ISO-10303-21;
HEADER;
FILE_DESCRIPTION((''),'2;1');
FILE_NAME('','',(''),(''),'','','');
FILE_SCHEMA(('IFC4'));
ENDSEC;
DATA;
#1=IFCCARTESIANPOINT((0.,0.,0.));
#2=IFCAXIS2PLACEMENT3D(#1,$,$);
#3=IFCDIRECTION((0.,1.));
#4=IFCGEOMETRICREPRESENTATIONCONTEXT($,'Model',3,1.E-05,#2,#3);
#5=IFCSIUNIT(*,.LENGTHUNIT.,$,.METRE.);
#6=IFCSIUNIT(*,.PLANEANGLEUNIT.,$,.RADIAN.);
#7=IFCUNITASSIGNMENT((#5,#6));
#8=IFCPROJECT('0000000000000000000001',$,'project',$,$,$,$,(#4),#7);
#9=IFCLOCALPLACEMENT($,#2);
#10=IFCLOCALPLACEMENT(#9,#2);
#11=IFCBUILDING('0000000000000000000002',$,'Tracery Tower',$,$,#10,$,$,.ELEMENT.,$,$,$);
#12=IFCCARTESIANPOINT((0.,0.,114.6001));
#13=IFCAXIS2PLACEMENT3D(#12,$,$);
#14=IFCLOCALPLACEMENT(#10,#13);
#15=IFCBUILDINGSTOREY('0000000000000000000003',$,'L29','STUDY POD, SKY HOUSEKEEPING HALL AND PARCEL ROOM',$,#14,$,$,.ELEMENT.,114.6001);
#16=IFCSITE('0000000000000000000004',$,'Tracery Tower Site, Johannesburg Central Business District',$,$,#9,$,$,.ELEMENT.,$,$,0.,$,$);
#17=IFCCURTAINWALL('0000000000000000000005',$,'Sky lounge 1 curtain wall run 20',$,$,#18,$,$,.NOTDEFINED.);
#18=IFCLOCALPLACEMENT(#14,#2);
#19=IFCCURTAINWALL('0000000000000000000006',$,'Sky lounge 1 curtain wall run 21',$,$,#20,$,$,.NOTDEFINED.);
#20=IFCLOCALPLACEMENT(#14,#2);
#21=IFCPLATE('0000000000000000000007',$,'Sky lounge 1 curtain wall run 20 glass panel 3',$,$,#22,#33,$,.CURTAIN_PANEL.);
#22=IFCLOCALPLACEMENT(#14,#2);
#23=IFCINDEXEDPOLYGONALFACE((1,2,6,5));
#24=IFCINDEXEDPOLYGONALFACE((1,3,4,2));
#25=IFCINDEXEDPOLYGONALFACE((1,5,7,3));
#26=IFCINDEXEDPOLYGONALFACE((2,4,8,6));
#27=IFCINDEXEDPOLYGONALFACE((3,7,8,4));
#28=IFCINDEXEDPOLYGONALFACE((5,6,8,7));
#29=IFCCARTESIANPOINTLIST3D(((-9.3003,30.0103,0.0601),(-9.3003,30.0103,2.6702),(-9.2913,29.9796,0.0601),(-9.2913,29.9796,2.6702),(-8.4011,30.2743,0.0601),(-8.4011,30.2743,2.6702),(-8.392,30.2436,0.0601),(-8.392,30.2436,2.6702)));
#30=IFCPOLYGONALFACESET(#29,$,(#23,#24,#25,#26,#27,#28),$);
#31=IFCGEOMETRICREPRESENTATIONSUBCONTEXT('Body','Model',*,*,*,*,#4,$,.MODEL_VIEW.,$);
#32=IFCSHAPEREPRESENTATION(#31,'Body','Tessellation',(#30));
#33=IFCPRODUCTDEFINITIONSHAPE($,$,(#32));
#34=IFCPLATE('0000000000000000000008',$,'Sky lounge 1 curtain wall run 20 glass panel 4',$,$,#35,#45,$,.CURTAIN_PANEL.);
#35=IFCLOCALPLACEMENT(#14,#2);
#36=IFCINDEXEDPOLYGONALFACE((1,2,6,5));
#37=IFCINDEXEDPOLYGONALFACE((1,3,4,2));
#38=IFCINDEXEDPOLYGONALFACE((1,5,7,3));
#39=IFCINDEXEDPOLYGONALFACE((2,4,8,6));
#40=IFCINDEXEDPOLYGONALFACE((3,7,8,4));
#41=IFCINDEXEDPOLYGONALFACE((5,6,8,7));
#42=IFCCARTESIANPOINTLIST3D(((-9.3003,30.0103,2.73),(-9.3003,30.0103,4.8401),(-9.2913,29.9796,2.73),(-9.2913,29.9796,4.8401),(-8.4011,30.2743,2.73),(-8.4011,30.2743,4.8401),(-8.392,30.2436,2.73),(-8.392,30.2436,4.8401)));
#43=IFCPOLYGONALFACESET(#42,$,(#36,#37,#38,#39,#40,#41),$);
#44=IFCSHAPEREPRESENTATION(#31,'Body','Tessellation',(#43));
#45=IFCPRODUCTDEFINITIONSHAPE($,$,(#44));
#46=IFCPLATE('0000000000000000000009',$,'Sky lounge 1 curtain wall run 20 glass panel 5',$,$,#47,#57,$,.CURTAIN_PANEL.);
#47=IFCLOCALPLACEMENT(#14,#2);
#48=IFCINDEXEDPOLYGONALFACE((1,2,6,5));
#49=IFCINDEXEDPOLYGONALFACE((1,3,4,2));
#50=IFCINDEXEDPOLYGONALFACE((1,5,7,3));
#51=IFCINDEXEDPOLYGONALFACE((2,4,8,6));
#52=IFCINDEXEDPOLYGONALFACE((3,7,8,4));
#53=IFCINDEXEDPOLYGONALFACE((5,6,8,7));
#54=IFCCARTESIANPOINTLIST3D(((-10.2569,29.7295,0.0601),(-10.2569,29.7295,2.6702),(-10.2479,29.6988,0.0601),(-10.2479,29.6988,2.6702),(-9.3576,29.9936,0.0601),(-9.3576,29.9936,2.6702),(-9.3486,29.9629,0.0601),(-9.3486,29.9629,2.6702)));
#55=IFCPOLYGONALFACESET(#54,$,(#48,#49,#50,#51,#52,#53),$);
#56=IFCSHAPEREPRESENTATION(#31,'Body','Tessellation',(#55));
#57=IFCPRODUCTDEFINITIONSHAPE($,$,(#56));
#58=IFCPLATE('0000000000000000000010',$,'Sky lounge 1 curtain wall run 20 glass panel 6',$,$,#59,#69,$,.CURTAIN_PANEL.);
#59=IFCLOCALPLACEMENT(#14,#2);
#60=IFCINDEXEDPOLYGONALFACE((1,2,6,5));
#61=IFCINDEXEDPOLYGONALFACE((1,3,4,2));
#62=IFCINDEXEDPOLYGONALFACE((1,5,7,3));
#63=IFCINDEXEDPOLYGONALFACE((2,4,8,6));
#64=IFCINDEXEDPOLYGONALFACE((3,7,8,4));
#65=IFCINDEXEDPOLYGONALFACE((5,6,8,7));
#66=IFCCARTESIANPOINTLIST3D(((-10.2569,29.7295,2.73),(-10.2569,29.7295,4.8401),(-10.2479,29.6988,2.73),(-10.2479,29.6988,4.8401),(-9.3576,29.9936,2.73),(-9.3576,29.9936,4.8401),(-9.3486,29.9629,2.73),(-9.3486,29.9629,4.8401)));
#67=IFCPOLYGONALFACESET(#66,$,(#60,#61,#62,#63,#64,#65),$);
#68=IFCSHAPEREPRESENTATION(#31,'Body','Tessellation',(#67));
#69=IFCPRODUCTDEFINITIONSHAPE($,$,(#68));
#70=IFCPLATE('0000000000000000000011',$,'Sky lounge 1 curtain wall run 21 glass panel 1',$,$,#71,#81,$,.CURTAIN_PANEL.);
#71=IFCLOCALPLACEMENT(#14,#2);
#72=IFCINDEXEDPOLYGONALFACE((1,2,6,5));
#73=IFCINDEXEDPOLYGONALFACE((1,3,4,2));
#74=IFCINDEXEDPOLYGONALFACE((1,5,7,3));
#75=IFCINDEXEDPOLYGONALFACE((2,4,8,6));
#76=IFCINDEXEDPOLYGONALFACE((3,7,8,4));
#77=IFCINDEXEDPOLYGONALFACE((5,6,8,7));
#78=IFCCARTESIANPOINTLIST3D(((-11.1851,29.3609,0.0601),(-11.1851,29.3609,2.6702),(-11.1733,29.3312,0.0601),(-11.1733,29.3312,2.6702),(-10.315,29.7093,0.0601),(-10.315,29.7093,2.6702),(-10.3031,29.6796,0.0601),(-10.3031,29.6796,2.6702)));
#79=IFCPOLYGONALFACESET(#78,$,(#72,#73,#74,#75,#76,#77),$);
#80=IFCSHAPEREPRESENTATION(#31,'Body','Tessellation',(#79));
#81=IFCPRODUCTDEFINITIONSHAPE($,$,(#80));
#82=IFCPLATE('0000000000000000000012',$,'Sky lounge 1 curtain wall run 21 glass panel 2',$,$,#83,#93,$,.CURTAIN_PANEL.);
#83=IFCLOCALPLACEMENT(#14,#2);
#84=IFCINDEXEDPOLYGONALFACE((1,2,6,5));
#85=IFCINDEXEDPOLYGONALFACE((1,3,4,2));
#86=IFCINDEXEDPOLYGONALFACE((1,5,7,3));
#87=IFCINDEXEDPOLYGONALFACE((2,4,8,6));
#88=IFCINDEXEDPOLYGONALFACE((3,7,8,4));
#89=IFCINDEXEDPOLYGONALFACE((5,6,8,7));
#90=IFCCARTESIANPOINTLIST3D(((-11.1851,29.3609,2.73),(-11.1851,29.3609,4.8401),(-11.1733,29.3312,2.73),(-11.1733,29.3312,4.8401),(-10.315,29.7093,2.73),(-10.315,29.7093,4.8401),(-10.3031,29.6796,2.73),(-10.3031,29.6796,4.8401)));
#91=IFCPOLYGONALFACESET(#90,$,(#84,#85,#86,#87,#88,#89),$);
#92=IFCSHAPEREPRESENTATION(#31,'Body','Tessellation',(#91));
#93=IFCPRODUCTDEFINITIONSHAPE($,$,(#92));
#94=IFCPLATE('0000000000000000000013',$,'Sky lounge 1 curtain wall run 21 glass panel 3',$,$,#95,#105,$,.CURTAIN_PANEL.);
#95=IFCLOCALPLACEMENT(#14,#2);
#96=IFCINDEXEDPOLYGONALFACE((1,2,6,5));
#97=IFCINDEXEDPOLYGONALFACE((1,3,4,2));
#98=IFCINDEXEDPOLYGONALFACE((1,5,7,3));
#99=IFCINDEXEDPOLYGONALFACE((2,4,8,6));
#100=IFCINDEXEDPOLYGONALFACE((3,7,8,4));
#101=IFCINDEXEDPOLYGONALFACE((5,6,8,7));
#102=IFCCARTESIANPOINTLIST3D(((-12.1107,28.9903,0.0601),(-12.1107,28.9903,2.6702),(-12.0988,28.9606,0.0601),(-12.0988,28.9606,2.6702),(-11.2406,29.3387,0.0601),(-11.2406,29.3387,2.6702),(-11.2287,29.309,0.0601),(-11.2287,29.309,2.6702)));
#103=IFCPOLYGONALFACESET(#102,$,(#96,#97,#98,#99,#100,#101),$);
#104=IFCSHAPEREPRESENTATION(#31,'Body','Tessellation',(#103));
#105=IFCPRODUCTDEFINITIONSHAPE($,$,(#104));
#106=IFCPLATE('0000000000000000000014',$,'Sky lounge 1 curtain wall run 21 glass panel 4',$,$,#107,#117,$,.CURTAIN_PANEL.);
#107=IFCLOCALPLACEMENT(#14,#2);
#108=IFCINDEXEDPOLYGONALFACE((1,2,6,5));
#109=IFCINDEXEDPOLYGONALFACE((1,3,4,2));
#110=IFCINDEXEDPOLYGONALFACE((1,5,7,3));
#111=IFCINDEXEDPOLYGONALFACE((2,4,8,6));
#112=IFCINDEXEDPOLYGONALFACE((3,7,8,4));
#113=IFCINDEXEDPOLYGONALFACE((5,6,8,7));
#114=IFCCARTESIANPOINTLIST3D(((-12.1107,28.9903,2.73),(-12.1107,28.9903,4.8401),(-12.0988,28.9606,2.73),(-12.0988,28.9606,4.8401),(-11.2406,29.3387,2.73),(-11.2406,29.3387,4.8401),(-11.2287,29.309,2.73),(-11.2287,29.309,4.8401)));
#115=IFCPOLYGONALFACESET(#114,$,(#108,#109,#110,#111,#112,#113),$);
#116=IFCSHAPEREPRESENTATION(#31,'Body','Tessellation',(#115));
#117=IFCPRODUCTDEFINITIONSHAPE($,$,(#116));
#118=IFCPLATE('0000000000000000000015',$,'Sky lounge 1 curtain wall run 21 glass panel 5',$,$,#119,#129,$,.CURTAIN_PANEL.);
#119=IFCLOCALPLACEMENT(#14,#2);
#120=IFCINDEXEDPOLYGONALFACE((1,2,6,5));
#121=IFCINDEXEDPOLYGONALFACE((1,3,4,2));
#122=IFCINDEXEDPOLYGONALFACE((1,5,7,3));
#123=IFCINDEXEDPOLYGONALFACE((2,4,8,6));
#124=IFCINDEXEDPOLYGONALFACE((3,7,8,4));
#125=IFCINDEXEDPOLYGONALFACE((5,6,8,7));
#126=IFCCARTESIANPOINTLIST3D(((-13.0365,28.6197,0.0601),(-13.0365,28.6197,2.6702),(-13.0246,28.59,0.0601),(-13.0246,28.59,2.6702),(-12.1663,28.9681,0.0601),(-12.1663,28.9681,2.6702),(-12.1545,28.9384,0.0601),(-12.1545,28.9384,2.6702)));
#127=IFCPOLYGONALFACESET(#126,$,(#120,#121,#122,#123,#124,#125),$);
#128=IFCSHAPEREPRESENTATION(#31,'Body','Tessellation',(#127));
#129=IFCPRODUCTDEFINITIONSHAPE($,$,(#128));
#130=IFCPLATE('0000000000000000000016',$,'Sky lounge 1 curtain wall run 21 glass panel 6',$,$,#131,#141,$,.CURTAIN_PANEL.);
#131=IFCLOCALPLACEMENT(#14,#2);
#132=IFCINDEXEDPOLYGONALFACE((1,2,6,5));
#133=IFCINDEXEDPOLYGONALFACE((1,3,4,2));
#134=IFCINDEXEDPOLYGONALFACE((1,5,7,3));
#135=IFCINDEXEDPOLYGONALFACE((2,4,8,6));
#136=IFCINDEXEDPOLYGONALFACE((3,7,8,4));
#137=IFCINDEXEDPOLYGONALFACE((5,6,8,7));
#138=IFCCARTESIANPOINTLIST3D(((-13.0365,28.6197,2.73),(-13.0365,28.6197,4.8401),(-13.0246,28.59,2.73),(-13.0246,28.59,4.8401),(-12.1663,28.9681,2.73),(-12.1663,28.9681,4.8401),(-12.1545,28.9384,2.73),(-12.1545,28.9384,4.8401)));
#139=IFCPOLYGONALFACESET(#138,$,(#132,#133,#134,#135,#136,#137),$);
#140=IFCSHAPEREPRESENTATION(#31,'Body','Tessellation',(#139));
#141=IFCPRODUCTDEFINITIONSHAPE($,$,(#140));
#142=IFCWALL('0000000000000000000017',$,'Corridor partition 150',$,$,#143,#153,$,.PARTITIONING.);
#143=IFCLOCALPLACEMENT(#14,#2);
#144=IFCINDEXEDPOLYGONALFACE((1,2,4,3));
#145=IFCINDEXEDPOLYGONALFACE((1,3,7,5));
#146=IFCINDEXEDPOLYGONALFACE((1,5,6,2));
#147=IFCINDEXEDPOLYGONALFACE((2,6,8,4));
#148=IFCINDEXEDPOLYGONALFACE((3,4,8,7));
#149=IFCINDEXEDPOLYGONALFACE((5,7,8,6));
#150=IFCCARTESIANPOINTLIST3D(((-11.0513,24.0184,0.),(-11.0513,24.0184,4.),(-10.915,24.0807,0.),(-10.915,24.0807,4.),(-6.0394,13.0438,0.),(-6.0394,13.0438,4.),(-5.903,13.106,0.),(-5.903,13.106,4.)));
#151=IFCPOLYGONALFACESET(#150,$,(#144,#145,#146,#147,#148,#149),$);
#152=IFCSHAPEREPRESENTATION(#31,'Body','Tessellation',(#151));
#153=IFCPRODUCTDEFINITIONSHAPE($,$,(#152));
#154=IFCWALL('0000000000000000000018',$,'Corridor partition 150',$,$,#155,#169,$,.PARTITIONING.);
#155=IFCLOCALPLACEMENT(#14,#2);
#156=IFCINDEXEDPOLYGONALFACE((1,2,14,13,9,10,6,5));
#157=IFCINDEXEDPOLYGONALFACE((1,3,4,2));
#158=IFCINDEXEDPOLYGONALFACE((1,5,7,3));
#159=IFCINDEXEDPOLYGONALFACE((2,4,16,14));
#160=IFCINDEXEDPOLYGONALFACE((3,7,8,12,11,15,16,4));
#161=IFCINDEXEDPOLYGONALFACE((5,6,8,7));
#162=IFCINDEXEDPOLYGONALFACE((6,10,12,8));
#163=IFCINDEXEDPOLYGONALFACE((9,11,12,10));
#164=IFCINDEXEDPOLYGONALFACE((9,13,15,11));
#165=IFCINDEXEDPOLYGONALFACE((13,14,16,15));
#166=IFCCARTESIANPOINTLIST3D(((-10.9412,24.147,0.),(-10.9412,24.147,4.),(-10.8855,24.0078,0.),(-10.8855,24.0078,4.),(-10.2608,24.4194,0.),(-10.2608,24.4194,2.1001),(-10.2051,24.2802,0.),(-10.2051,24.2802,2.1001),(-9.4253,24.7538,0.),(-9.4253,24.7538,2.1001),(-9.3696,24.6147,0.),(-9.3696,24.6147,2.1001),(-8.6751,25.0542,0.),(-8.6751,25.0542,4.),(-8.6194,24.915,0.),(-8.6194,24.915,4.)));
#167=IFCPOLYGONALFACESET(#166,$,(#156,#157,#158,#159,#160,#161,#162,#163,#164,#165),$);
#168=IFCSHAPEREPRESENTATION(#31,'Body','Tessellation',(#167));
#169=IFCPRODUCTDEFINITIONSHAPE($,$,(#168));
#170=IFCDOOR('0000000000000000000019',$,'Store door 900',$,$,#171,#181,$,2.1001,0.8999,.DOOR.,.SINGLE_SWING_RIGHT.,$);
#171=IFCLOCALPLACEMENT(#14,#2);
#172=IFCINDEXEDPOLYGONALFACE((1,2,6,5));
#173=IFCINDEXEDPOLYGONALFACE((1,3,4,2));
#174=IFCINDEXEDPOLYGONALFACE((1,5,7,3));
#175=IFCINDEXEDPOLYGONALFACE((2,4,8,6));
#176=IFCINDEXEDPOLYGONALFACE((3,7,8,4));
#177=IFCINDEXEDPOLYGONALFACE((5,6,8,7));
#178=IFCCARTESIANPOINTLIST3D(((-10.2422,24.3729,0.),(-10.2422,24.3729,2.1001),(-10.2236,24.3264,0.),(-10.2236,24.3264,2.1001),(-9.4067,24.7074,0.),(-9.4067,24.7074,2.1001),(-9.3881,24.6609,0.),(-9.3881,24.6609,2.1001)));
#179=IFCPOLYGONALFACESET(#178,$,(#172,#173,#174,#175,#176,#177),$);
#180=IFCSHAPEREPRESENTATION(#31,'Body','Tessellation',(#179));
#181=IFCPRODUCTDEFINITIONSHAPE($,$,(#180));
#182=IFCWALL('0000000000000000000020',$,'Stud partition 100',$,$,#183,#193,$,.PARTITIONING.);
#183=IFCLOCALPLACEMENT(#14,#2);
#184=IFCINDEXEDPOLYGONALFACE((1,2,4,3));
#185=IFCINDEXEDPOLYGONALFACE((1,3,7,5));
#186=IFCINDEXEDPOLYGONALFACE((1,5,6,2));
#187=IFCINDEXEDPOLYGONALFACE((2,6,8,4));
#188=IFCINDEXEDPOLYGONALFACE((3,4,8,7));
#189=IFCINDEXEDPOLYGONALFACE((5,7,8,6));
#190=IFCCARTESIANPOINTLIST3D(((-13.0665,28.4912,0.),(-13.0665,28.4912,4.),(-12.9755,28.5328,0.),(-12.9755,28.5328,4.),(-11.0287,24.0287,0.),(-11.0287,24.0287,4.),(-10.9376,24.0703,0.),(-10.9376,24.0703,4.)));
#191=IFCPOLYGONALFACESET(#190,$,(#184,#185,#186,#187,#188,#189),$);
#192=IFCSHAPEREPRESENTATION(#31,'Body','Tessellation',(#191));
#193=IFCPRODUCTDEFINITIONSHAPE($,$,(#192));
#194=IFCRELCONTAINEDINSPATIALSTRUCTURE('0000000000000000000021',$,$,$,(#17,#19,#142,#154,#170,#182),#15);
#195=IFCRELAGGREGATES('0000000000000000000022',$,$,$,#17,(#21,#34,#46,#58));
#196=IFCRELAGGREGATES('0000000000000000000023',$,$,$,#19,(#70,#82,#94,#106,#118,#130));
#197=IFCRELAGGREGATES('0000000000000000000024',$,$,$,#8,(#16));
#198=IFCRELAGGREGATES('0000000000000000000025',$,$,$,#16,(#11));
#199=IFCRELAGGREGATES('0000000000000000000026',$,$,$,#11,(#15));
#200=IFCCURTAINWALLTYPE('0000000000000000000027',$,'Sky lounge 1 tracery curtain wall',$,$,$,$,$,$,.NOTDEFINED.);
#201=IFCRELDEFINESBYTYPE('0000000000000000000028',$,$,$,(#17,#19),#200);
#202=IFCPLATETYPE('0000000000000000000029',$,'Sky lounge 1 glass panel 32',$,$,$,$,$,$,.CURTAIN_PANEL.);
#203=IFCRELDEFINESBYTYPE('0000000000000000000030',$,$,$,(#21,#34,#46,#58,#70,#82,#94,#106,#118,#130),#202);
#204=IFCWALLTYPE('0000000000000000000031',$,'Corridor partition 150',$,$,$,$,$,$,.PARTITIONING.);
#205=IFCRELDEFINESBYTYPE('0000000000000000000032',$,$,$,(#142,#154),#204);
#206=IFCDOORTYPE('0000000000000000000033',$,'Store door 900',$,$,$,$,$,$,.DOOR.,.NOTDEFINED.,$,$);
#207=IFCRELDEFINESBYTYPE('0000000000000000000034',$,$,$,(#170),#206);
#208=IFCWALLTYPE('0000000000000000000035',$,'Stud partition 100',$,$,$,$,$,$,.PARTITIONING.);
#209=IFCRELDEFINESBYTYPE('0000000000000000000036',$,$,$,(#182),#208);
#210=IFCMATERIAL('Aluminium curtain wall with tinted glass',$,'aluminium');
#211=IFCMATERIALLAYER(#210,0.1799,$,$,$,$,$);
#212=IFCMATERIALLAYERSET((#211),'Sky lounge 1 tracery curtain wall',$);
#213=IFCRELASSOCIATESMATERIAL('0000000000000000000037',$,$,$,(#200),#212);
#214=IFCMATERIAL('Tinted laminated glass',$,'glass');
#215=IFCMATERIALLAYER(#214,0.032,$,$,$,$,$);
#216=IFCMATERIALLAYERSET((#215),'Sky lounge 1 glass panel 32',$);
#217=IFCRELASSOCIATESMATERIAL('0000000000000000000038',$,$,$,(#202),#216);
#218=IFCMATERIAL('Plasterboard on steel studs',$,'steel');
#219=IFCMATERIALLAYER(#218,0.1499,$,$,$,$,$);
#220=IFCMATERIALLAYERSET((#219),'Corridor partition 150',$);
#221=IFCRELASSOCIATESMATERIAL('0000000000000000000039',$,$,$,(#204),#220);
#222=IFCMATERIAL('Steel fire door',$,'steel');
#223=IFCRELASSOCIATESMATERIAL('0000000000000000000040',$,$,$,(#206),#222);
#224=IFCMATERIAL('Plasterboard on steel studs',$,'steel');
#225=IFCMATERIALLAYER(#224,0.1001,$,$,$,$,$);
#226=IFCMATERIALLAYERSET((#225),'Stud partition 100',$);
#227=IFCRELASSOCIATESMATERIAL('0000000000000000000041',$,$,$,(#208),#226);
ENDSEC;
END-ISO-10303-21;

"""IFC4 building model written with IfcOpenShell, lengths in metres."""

from ifc_helpers import new_model, si_unit, direction, frame, frame_2d, origin, origin_2d, place, context, subcontext, project, spatial, rectangle, extrude, material, layer, layer_set, type_object, element, fill, aggregate, save


model = new_model("IFC4")

# Units and contexts
model_context = context("Model", 3, precision=1e-05, world=origin(), true_north=direction((0.0, 1.0)))
body_context = subcontext(model_context, "Body", "Model", "MODEL_VIEW")
ifc_project = project(units=[si_unit("LENGTHUNIT", "METRE"), si_unit("PLANEANGLEUNIT", "RADIAN")], contexts=[model_context])

# Site, building, storey
site_placement = place(None, origin())
site = spatial("IfcSite", under=ifc_project, at=site_placement, Name="Tracery Tower Site, Johannesburg Central Business District", CompositionType="ELEMENT", RefElevation=0.0)
building_placement = place(site_placement, origin())
building = spatial("IfcBuilding", under=site, at=building_placement, Name="Tracery Tower", CompositionType="ELEMENT")
storey_placement = place(building_placement, frame((0.0, 0.0, 114.6001)))
storey = spatial("IfcBuildingStorey", under=building, at=storey_placement, Name="L29", Description="STUDY POD, SKY HOUSEKEEPING HALL AND PARCEL ROOM", CompositionType="ELEMENT", Elevation=114.6001)

# Curtain walls
ifc_material_1 = material(Name="Aluminium curtain wall with tinted glass", Category="aluminium")
ifc_layer_1 = layer(ifc_material_1, 0.1799)
ifc_layer_set_1 = layer_set([ifc_layer_1], Name="Sky lounge 1 tracery curtain wall")
curtain_wall_type = type_object("IfcCurtainWallType", Name="Sky lounge 1 tracery curtain wall", PredefinedType="NOTDEFINED", material=ifc_layer_set_1)
curtain_wall_1_placement = place(storey_placement, origin())
curtain_wall_1 = element("IfcCurtainWall", 1, at=curtain_wall_1_placement, inside=storey, type_object=curtain_wall_type, Name="Sky lounge 1 curtain wall run 20", PredefinedType="NOTDEFINED")
curtain_wall_2_placement = place(storey_placement, origin())
curtain_wall_2 = element("IfcCurtainWall", 2, at=curtain_wall_2_placement, inside=storey, type_object=curtain_wall_type, Name="Sky lounge 1 curtain wall run 21", PredefinedType="NOTDEFINED")

# Shared definitions
ifc_material_2 = material(Name="Tinted laminated glass", Category="glass")
ifc_layer_2 = layer(ifc_material_2, 0.032)
ifc_layer_set_2 = layer_set([ifc_layer_2], Name="Sky lounge 1 glass panel 32")
plate_type = type_object("IfcPlateType", Name="Sky lounge 1 glass panel 32", PredefinedType="CURTAIN_PANEL", material=ifc_layer_set_2)

# Plates
plate_1_placement = place(storey_placement, frame((-8.8462, 30.127, 0.0601), z_axis=(0.0, 0.0, 1.0), x_axis=(-0.959493, -0.281733, 0.0)))
plate_1 = element("IfcPlate", 3, at=plate_1_placement, type_object=plate_type, Name="Sky lounge 1 curtain wall run 20 glass panel 3", PredefinedType="CURTAIN_PANEL", context=body_context, shape_type="SweptSolid", body=[
    extrude(rectangle(XDim=0.9373, YDim=0.032, at=origin_2d()), origin(), (0.0, 0.0, 1.0), 2.6101),
])
plate_2_placement = place(storey_placement, frame((-8.8462, 30.127, 2.73), z_axis=(0.0, 0.0, 1.0), x_axis=(-0.959493, -0.281733, 0.0)))
plate_2 = element("IfcPlate", 4, at=plate_2_placement, type_object=plate_type, Name="Sky lounge 1 curtain wall run 20 glass panel 4", PredefinedType="CURTAIN_PANEL", context=body_context, shape_type="SweptSolid", body=[
    extrude(rectangle(XDim=0.9373, YDim=0.032, at=origin_2d()), origin(), (0.0, 0.0, 1.0), 2.1101),
])
plate_3_placement = place(storey_placement, frame((-9.8027, 29.8462, 0.0601), z_axis=(0.0, 0.0, 1.0), x_axis=(-0.959493, -0.281733, 0.0)))
plate_3 = element("IfcPlate", 5, at=plate_3_placement, type_object=plate_type, Name="Sky lounge 1 curtain wall run 20 glass panel 5", PredefinedType="CURTAIN_PANEL", context=body_context, shape_type="SweptSolid", body=[
    extrude(rectangle(XDim=0.9373, YDim=0.032, at=origin_2d()), origin(), (0.0, 0.0, 1.0), 2.6101),
])
plate_4_placement = place(storey_placement, frame((-9.8027, 29.8462, 2.73), z_axis=(0.0, 0.0, 1.0), x_axis=(-0.959493, -0.281733, 0.0)))
plate_4 = element("IfcPlate", 6, at=plate_4_placement, type_object=plate_type, Name="Sky lounge 1 curtain wall run 20 glass panel 6", PredefinedType="CURTAIN_PANEL", context=body_context, shape_type="SweptSolid", body=[
    extrude(rectangle(XDim=0.9373, YDim=0.032, at=origin_2d()), origin(), (0.0, 0.0, 1.0), 2.1101),
])
aggregate(curtain_wall_1, [plate_1, plate_2, plate_3, plate_4])
plate_5_placement = place(storey_placement, frame((-10.7441, 29.5203, 0.0601), z_axis=(0.0, 0.0, 1.0), x_axis=(-0.928368, -0.371662, 0.0)))
plate_5 = element("IfcPlate", 7, at=plate_5_placement, type_object=plate_type, Name="Sky lounge 1 curtain wall run 21 glass panel 1", PredefinedType="CURTAIN_PANEL", context=body_context, shape_type="SweptSolid", body=[
    extrude(rectangle(XDim=0.9373, YDim=0.032, at=origin_2d()), origin(), (0.0, 0.0, 1.0), 2.6101),
])
plate_6_placement = place(storey_placement, frame((-10.7441, 29.5203, 2.73), z_axis=(0.0, 0.0, 1.0), x_axis=(-0.928368, -0.371662, 0.0)))
plate_6 = element("IfcPlate", 8, at=plate_6_placement, type_object=plate_type, Name="Sky lounge 1 curtain wall run 21 glass panel 2", PredefinedType="CURTAIN_PANEL", context=body_context, shape_type="SweptSolid", body=[
    extrude(rectangle(XDim=0.9373, YDim=0.032, at=origin_2d()), origin(), (0.0, 0.0, 1.0), 2.1101),
])
plate_7_placement = place(storey_placement, frame((-11.6697, 29.1497, 0.0601), z_axis=(0.0, 0.0, 1.0), x_axis=(-0.928368, -0.371662, 0.0)))
plate_7 = element("IfcPlate", 9, at=plate_7_placement, type_object=plate_type, Name="Sky lounge 1 curtain wall run 21 glass panel 3", PredefinedType="CURTAIN_PANEL", context=body_context, shape_type="SweptSolid", body=[
    extrude(rectangle(XDim=0.9373, YDim=0.032, at=origin_2d()), origin(), (0.0, 0.0, 1.0), 2.6101),
])
plate_8_placement = place(storey_placement, frame((-11.6697, 29.1497, 2.73), z_axis=(0.0, 0.0, 1.0), x_axis=(-0.928368, -0.371662, 0.0)))
plate_8 = element("IfcPlate", 10, at=plate_8_placement, type_object=plate_type, Name="Sky lounge 1 curtain wall run 21 glass panel 4", PredefinedType="CURTAIN_PANEL", context=body_context, shape_type="SweptSolid", body=[
    extrude(rectangle(XDim=0.9373, YDim=0.032, at=origin_2d()), origin(), (0.0, 0.0, 1.0), 2.1101),
])
plate_9_placement = place(storey_placement, frame((-12.5955, 28.7791, 0.0601), z_axis=(0.0, 0.0, 1.0), x_axis=(-0.928368, -0.371662, 0.0)))
plate_9 = element("IfcPlate", 11, at=plate_9_placement, type_object=plate_type, Name="Sky lounge 1 curtain wall run 21 glass panel 5", PredefinedType="CURTAIN_PANEL", context=body_context, shape_type="SweptSolid", body=[
    extrude(rectangle(XDim=0.9373, YDim=0.032, at=origin_2d()), origin(), (0.0, 0.0, 1.0), 2.6101),
])
plate_10_placement = place(storey_placement, frame((-12.5955, 28.7791, 2.73), z_axis=(0.0, 0.0, 1.0), x_axis=(-0.928368, -0.371662, 0.0)))
plate_10 = element("IfcPlate", 12, at=plate_10_placement, type_object=plate_type, Name="Sky lounge 1 curtain wall run 21 glass panel 6", PredefinedType="CURTAIN_PANEL", context=body_context, shape_type="SweptSolid", body=[
    extrude(rectangle(XDim=0.9373, YDim=0.032, at=origin_2d()), origin(), (0.0, 0.0, 1.0), 2.1101),
])
aggregate(curtain_wall_2, [plate_5, plate_6, plate_7, plate_8, plate_9, plate_10])

# Wall
ifc_material_3 = material(Name="Plasterboard on steel studs", Category="steel")
ifc_layer_3 = layer(ifc_material_3, 0.1499)
ifc_layer_set_3 = layer_set([ifc_layer_3], Name="Corridor partition 150")
wall_type_1 = type_object("IfcWallType", Name="Corridor partition 150", PredefinedType="PARTITIONING", material=ifc_layer_set_3)
wall_1_placement = place(storey_placement, frame((-10.9832, 24.0496, 0.0), z_axis=(0.0, 0.0, 1.0), x_axis=(0.415417, -0.909631, 0.0)))
element("IfcWall", 13, at=wall_1_placement, inside=storey, type_object=wall_type_1, Name="Corridor partition 150", PredefinedType="PARTITIONING", context=body_context, shape_type="SweptSolid", body=[
    extrude(rectangle(XDim=12.0649, YDim=0.1499, at=frame_2d((6.0325, 0.0))), origin(), (0.0, 0.0, 1.0), 4.0),
])

# Wall, opening, door
wall_2_placement = place(storey_placement, frame((-10.9133, 24.0774, 0.0), z_axis=(0.0, 0.0, 1.0), x_axis=(0.928366, 0.371667, 0.0)))
wall_2 = element("IfcWall", 14, at=wall_2_placement, inside=storey, type_object=wall_type_1, Name="Corridor partition 150", PredefinedType="PARTITIONING", context=body_context, shape_type="SweptSolid", body=[
    extrude(rectangle(XDim=2.4409, YDim=0.1499, at=frame_2d((1.2205, 0.0))), origin(), (0.0, 0.0, 1.0), 4.0),
])
opening_placement = place(wall_2_placement, frame((0.7329, 0.0, 0.0)))
opening = element("IfcOpeningElement", 15, at=opening_placement, cuts=wall_2, PredefinedType="OPENING", context=body_context, shape_type="SweptSolid", body=[
    extrude(rectangle(XDim=0.8999, YDim=2.1001, at=frame_2d((0.45, 1.05))), frame((0.0, 0.075, 0.0), z_axis=(0.0, -1.0, 0.0), x_axis=(1.0, 0.0, 0.0)), (0.0, 0.0, 1.0), 0.1499),
])
ifc_material_4 = material(Name="Steel fire door", Category="steel")
door_type = type_object("IfcDoorType", Name="Store door 900", OperationType="NOTDEFINED", PredefinedType="DOOR", material=ifc_material_4)
door_placement = place(opening_placement, origin())
door = element("IfcDoor", 16, at=door_placement, inside=storey, type_object=door_type, Name="Store door 900", OperationType="SINGLE_SWING_RIGHT", OverallHeight=2.1001, OverallWidth=0.8999, PredefinedType="DOOR", context=body_context, shape_type="SweptSolid", body=[
    extrude(rectangle(XDim=0.8999, YDim=2.1001, at=frame_2d((0.45, 1.05))), frame((0.0, 0.0249, 0.0), z_axis=(0.0, -1.0, 0.0), x_axis=(1.0, 0.0, 0.0)), (0.0, 0.0, 1.0), 0.05),
])
fill(opening, door)

# Wall
ifc_material_5 = material(Name="Plasterboard on steel studs", Category="steel")
ifc_layer_4 = layer(ifc_material_5, 0.1001)
ifc_layer_set_4 = layer_set([ifc_layer_4], Name="Stud partition 100")
wall_type_2 = type_object("IfcWallType", Name="Stud partition 100", PredefinedType="PARTITIONING", material=ifc_layer_set_4)
wall_3_placement = place(storey_placement, frame((-13.021, 28.512, 0.0), z_axis=(0.0, 0.0, 1.0), x_axis=(0.415403, -0.909637, 0.0)))
element("IfcWall", 17, at=wall_3_placement, inside=storey, type_object=wall_type_2, Name="Stud partition 100", PredefinedType="PARTITIONING", context=body_context, shape_type="SweptSolid", body=[
    extrude(rectangle(XDim=4.9058, YDim=0.1001, at=frame_2d((2.4529, 0.0))), origin(), (0.0, 0.0, 1.0), 4.0),
])

save(model, "model.ifc")
